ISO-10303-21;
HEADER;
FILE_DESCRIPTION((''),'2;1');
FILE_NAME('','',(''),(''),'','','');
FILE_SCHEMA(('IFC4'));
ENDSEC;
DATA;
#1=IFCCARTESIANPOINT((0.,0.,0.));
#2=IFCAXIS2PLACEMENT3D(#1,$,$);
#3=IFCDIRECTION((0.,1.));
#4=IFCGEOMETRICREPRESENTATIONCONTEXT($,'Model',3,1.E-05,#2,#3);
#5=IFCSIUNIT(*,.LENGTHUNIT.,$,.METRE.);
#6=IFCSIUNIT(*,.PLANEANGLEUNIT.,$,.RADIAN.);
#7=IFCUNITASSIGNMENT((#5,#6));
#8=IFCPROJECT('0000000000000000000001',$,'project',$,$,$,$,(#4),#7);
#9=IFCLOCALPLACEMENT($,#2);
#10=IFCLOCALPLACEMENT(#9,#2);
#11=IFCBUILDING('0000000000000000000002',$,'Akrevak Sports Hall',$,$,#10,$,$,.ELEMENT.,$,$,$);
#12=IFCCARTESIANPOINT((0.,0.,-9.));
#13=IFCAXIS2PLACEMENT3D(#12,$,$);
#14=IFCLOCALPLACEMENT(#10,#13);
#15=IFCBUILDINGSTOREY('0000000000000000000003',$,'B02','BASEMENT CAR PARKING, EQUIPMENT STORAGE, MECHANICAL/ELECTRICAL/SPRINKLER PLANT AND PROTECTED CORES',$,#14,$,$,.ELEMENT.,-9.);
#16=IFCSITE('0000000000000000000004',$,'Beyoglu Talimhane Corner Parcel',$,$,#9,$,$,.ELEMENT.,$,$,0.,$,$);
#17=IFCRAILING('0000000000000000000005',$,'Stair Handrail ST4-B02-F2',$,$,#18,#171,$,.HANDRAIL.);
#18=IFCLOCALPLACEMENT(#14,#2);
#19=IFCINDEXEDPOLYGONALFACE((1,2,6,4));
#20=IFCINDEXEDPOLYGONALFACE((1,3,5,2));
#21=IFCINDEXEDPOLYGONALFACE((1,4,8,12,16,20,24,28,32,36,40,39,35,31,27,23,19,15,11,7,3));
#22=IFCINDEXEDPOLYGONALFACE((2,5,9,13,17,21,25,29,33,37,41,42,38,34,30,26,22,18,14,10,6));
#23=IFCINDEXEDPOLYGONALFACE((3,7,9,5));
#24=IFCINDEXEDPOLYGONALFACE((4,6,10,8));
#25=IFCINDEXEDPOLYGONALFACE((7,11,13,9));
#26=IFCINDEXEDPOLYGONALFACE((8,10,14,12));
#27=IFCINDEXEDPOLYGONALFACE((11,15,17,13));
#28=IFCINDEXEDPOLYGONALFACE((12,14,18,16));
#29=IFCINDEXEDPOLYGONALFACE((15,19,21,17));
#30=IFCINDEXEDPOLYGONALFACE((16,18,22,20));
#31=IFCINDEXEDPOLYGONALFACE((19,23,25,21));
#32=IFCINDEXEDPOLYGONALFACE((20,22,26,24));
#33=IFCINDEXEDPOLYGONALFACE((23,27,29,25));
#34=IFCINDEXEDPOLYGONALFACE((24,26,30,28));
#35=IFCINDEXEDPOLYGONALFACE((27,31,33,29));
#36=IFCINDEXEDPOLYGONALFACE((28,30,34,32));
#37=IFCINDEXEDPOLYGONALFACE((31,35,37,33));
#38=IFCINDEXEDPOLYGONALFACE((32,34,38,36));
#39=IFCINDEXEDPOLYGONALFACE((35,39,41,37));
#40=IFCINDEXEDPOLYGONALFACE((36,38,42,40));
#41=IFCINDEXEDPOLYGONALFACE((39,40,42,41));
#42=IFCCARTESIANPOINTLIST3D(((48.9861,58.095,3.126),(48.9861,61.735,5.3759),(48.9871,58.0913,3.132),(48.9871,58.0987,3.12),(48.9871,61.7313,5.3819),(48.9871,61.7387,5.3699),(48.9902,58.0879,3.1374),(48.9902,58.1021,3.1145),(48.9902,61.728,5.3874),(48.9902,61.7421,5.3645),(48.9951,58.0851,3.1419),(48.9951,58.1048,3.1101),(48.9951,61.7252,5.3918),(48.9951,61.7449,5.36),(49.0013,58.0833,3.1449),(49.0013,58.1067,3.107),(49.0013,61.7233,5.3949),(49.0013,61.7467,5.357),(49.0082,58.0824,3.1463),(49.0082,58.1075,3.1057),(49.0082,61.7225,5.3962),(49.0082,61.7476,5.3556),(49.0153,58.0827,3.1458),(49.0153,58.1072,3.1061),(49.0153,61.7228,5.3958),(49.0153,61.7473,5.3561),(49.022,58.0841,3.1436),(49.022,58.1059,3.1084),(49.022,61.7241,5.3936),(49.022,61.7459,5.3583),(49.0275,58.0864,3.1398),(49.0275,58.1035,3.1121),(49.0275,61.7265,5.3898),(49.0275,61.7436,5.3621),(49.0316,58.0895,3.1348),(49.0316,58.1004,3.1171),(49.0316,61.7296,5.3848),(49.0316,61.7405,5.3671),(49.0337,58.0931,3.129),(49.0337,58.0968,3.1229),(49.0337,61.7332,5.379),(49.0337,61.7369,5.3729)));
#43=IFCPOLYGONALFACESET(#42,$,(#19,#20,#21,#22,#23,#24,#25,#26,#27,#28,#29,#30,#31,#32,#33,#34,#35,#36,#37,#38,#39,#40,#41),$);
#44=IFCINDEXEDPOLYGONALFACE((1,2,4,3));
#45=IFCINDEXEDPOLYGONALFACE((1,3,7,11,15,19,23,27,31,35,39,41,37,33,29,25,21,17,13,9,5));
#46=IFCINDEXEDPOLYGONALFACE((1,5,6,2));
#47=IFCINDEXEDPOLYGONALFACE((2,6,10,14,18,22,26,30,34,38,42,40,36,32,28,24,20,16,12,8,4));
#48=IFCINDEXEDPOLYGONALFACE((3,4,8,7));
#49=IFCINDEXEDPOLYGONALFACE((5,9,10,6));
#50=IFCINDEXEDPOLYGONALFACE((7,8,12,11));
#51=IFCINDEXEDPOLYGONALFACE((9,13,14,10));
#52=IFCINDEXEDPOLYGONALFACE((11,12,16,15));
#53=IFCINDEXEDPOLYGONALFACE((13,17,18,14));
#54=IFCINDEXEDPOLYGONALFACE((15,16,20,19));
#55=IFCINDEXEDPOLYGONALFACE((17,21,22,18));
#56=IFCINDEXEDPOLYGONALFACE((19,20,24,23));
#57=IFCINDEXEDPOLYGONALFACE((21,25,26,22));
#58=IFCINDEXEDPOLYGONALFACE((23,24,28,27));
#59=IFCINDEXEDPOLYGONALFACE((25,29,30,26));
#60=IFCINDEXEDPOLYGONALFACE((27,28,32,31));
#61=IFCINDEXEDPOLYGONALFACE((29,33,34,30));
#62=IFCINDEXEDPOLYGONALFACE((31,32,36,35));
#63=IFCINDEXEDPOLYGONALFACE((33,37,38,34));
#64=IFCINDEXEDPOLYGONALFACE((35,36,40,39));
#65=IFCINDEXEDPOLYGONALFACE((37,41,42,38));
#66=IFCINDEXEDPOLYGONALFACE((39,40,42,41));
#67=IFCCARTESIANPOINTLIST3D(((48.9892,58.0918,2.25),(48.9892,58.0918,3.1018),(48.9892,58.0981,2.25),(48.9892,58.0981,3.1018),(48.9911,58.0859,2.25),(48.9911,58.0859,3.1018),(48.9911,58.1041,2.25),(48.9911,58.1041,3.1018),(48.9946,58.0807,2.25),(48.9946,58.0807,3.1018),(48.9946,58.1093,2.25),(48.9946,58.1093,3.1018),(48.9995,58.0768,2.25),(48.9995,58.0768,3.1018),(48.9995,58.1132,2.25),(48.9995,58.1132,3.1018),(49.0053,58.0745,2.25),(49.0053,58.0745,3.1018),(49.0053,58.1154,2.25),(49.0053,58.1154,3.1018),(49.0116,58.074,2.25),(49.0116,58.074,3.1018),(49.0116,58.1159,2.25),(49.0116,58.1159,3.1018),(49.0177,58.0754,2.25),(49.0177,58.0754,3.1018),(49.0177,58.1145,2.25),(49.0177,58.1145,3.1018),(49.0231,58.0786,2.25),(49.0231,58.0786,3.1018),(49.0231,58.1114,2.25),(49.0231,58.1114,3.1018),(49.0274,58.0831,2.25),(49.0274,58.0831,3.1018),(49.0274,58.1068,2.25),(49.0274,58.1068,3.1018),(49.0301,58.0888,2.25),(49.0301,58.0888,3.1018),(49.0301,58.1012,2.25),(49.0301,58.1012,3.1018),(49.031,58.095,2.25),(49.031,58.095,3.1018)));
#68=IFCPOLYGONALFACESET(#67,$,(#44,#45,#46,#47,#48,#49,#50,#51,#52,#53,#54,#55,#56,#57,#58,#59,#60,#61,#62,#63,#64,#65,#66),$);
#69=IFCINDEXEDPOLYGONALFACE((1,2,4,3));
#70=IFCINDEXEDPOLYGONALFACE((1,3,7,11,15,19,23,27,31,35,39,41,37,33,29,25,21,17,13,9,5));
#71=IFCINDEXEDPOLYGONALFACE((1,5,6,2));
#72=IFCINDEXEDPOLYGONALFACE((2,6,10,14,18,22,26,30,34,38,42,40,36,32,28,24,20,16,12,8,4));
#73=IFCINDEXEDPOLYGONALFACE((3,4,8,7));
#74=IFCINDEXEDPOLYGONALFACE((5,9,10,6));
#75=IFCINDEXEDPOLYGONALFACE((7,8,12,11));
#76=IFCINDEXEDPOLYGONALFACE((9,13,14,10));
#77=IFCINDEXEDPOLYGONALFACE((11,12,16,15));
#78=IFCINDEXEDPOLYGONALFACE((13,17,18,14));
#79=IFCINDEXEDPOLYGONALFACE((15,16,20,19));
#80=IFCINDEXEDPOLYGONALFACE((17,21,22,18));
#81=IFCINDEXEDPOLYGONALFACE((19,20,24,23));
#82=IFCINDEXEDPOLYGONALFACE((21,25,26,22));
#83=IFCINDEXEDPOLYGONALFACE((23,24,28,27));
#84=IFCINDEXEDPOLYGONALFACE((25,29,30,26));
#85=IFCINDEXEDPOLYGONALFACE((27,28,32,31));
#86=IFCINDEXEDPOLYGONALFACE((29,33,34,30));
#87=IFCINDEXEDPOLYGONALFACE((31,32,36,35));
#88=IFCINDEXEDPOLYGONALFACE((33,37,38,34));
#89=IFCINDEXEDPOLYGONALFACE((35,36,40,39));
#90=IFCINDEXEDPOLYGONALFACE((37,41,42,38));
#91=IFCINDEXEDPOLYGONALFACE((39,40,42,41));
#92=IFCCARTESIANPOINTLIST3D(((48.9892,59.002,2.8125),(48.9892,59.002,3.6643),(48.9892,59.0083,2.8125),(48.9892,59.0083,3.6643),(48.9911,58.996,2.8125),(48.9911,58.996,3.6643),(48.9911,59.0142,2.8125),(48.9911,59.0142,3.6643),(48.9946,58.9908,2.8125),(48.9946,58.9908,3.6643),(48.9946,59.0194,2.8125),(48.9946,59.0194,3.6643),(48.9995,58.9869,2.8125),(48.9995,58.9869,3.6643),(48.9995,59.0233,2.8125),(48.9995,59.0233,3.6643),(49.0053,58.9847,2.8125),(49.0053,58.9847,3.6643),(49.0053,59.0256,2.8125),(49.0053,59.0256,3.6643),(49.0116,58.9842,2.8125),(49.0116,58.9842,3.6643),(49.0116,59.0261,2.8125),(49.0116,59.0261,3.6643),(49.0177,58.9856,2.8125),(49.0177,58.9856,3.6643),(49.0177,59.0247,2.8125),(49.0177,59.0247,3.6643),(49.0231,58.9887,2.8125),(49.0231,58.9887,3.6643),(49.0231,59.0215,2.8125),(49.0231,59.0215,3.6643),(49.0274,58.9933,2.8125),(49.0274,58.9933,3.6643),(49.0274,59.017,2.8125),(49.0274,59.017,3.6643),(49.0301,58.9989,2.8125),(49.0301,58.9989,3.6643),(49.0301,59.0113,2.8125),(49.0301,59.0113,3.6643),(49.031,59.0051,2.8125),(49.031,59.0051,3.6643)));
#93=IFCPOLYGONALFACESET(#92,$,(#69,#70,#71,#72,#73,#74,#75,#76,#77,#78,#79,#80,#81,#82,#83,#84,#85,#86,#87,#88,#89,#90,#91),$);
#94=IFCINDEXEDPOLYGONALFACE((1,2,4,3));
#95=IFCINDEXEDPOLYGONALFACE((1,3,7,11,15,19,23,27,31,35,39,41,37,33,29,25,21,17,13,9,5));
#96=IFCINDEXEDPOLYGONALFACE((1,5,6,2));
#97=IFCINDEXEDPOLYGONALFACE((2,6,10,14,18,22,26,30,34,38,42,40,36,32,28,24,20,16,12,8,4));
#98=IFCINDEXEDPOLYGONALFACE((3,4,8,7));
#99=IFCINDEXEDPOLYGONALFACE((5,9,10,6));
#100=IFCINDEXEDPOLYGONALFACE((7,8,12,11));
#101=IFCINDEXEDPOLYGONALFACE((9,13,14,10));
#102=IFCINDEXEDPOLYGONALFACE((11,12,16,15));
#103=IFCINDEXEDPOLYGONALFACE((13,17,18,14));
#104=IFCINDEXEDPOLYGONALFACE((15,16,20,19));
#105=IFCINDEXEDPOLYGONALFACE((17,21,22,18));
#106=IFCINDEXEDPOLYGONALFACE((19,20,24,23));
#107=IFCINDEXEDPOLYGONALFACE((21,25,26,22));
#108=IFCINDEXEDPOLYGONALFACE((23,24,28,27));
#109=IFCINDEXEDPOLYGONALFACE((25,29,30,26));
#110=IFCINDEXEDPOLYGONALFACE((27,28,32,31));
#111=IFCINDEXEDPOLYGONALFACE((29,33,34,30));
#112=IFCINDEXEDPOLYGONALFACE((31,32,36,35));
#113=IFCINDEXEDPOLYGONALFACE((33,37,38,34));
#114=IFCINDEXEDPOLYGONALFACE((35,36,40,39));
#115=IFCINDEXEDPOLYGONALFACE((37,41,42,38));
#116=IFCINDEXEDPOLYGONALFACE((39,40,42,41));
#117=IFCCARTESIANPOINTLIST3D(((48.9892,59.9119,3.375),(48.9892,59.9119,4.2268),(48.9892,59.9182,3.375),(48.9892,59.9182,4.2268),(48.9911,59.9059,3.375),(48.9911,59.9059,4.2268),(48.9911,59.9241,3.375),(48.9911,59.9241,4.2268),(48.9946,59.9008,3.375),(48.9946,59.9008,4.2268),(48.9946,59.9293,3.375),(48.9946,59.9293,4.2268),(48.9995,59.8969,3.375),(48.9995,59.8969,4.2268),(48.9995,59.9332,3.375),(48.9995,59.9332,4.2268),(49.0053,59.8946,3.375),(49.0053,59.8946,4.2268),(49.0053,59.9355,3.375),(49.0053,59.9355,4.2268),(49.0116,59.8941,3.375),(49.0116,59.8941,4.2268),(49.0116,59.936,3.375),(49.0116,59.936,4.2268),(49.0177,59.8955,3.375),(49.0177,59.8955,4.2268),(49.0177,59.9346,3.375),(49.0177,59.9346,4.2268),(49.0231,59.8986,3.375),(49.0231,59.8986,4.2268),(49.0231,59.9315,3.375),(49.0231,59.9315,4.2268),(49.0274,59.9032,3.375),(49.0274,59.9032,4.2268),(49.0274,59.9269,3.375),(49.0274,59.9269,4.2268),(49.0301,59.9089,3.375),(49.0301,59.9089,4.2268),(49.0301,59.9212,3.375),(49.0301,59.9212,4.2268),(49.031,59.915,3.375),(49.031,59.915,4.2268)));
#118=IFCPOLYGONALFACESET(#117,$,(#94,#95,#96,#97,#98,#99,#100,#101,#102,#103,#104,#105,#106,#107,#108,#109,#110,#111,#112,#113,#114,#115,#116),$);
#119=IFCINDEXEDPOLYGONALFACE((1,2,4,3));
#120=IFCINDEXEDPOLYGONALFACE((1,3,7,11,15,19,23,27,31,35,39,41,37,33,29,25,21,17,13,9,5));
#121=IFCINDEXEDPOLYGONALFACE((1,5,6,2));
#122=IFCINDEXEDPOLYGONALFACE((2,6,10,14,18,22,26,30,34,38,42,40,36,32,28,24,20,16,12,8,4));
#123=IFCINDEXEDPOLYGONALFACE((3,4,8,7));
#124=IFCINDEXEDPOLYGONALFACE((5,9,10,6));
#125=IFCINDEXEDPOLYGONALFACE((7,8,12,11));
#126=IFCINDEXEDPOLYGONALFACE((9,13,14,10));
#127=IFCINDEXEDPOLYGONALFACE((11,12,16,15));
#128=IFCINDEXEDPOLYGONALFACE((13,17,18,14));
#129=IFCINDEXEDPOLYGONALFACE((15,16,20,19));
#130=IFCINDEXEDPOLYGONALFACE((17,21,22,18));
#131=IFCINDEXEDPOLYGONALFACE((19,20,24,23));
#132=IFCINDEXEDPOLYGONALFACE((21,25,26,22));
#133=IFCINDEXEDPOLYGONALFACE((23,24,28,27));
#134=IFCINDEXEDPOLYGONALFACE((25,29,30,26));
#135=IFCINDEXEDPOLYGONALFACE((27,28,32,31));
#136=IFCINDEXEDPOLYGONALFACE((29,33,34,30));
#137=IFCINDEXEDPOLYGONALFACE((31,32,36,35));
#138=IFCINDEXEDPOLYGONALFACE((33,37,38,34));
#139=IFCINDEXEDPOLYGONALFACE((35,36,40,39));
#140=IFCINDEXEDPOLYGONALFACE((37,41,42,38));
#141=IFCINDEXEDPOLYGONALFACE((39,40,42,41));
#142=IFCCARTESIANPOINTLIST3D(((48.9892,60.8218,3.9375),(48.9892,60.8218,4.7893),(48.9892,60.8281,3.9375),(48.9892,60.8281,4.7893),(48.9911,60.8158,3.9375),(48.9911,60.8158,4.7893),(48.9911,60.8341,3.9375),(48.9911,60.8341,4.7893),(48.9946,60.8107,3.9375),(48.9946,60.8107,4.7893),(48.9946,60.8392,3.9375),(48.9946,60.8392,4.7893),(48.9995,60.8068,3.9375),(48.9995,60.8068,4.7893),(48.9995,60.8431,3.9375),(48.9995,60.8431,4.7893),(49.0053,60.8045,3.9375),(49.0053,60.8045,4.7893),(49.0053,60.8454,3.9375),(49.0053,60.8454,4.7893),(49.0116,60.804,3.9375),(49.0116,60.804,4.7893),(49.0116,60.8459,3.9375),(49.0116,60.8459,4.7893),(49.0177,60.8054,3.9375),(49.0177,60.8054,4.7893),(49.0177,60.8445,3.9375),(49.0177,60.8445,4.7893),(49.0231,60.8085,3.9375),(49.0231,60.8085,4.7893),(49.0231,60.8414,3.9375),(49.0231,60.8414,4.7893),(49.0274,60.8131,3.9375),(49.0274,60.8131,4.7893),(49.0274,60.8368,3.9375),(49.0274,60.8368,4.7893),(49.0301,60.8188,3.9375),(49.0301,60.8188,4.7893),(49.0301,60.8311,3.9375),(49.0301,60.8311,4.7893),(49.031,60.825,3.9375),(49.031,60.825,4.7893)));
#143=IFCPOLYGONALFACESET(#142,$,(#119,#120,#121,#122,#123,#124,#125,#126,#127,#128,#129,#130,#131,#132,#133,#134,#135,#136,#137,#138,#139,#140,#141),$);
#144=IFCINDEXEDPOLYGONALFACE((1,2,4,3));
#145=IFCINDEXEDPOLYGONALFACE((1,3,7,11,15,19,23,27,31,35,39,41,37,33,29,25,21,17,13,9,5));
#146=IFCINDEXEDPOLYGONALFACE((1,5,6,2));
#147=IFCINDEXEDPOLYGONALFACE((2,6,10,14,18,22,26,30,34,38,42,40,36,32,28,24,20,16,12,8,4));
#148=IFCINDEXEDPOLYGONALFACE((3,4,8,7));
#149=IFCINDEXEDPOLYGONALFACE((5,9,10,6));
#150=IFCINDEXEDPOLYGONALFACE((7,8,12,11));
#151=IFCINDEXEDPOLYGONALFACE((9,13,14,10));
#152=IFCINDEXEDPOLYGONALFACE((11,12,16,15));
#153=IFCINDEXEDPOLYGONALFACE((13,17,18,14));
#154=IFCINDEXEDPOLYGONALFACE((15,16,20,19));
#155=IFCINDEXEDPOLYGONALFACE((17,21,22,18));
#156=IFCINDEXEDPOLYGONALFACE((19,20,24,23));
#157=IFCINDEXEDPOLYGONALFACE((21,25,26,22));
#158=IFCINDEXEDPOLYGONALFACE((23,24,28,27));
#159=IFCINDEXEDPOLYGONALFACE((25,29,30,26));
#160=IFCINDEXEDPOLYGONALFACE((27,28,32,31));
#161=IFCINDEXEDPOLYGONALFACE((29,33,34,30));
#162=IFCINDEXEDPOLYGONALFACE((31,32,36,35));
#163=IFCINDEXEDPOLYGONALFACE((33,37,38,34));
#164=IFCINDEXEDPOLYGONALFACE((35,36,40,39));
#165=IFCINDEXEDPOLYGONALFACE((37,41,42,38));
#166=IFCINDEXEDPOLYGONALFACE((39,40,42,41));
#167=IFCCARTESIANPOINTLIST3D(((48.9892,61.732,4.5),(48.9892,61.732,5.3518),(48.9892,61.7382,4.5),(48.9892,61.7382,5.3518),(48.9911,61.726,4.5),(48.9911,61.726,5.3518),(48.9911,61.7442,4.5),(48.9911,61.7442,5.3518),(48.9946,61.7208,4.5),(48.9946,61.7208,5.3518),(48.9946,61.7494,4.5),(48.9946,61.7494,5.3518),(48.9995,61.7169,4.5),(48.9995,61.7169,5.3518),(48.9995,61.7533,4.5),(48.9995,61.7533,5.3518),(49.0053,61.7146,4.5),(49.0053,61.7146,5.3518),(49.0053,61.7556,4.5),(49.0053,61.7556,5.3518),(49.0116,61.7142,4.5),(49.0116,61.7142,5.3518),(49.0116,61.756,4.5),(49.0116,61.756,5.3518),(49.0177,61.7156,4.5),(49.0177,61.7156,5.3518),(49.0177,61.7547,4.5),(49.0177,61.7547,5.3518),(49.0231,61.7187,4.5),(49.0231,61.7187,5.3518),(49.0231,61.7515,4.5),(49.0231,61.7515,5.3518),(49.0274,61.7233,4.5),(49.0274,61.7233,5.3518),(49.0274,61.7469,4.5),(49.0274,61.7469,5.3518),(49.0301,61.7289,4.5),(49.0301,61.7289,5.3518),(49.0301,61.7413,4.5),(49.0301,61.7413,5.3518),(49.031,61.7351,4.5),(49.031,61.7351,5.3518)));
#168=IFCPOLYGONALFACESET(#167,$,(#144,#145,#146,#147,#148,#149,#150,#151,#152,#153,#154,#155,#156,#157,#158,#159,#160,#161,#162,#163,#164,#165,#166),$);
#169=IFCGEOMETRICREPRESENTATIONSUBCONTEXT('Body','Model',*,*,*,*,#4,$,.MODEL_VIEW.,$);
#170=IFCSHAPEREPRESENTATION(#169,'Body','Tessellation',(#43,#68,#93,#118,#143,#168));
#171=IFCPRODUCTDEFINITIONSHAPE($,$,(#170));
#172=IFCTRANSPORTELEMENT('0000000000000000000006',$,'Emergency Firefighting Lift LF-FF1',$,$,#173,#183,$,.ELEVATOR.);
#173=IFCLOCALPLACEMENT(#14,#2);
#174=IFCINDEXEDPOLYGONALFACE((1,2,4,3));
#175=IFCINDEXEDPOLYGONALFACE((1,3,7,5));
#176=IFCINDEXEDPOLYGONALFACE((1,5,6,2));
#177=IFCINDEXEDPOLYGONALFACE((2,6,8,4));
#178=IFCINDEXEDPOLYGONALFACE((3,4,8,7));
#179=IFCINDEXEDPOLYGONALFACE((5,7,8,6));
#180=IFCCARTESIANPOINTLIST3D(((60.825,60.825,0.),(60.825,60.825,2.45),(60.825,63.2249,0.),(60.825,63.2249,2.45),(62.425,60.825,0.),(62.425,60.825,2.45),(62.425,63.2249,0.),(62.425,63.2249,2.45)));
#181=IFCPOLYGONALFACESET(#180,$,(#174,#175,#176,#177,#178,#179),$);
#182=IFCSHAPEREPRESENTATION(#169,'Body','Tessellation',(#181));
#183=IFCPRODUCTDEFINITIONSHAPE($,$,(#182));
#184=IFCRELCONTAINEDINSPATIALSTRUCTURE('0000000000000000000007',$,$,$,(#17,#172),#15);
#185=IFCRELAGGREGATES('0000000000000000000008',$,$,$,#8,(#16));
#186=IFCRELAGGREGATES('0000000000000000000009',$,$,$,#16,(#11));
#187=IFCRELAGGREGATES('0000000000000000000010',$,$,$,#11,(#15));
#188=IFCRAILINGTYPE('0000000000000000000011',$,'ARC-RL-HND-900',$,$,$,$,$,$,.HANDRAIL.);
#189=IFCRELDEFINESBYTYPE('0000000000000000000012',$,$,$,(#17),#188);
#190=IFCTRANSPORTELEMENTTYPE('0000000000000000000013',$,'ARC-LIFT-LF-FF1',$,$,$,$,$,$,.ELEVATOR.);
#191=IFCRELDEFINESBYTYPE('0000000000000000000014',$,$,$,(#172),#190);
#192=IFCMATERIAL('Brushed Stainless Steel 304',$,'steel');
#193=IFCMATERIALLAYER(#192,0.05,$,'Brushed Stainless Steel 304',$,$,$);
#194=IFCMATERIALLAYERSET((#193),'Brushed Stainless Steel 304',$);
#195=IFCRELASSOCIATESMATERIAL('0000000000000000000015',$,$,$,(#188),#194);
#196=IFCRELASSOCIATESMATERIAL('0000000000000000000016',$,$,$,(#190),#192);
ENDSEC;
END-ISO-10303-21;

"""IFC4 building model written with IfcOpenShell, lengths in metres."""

from ifc_helpers import new_model, si_unit, direction, frame, origin, origin_2d, place, context, subcontext, project, spatial, rectangle, circle, extrude, material, layer, layer_set, type_object, element, save


model = new_model("IFC4")

# Units and contexts
model_context = context("Model", 3, precision=1e-05, world=origin(), true_north=direction((0.0, 1.0)))
body_context = subcontext(model_context, "Body", "Model", "MODEL_VIEW")
ifc_project = project(units=[si_unit("LENGTHUNIT", "METRE"), si_unit("PLANEANGLEUNIT", "RADIAN")], contexts=[model_context])

# Site, building, storey
site_placement = place(None, origin())
site = spatial("IfcSite", under=ifc_project, at=site_placement, Name="Beyoglu Talimhane Corner Parcel", CompositionType="ELEMENT", RefElevation=0.0)
building_placement = place(site_placement, origin())
building = spatial("IfcBuilding", under=site, at=building_placement, Name="Akrevak Sports Hall", CompositionType="ELEMENT")
storey_placement = place(building_placement, frame((0.0, 0.0, -9.0)))
storey = spatial("IfcBuildingStorey", under=building, at=storey_placement, Name="B02", Description="BASEMENT CAR PARKING, EQUIPMENT STORAGE, MECHANICAL/ELECTRICAL/SPRINKLER PLANT AND PROTECTED CORES", CompositionType="ELEMENT", Elevation=-9.0)

# Railing
ifc_material_1 = material(Name="Brushed Stainless Steel 304", Category="steel")
ifc_layer_1 = layer(ifc_material_1, 0.05, Name="Brushed Stainless Steel 304")
ifc_layer_set_1 = layer_set([ifc_layer_1], Name="Brushed Stainless Steel 304")
railing_type_1 = type_object("IfcRailingType", Name="ARC-RL-HND-900", PredefinedType="HANDRAIL", material=ifc_layer_set_1)
railing_1_placement = place(storey_placement, frame((49.01, 58.095, 2.25)))
element("IfcRailing", 1, at=railing_1_placement, inside=storey, type_object=railing_type_1, Name="Stair Handrail ST4-B02-F2", PredefinedType="HANDRAIL", context=body_context, shape_type="SweptSolid", body=[
    extrude(circle(Radius=0.0239, at=origin_2d()), frame((0.0, 0.0, 0.876), z_axis=(0.0, 0.850622, 0.525777), x_axis=(-1.0, 0.0, 0.0)), (0.0, 0.0, 1.0), 4.2793),
    extrude(circle(Radius=0.021, at=origin_2d()), origin(), (0.0, 0.0, 1.0), 0.8518),
    extrude(circle(Radius=0.021, at=origin_2d()), frame((0.0, 0.9102, 0.5625)), (0.0, 0.0, 1.0), 0.8518),
    extrude(circle(Radius=0.021, at=origin_2d()), frame((0.0, 1.8201, 1.125)), (0.0, 0.0, 1.0), 0.8518),
    extrude(circle(Radius=0.021, at=origin_2d()), frame((0.0, 2.73, 1.6875)), (0.0, 0.0, 1.0), 0.8518),
    extrude(circle(Radius=0.021, at=origin_2d()), frame((0.0, 3.6401, 2.25)), (0.0, 0.0, 1.0), 0.8518),
])

# Transport element
transport_element_type = type_object("IfcTransportElementType", Name="ARC-LIFT-LF-FF1", PredefinedType="ELEVATOR", material=ifc_material_1)
transport_element_placement = place(storey_placement, frame((61.625, 62.0249, 0.0), z_axis=(0.0, 0.0, 1.0), x_axis=(1.0, 0.0, 0.0)))
element("IfcTransportElement", 2, at=transport_element_placement, inside=storey, type_object=transport_element_type, Name="Emergency Firefighting Lift LF-FF1", PredefinedType="ELEVATOR", context=body_context, shape_type="SweptSolid", body=[
    extrude(rectangle(XDim=1.6001, YDim=2.3999, at=origin_2d()), origin(), (0.0, 0.0, 1.0), 2.45),
])

save(model, "model.ifc")
